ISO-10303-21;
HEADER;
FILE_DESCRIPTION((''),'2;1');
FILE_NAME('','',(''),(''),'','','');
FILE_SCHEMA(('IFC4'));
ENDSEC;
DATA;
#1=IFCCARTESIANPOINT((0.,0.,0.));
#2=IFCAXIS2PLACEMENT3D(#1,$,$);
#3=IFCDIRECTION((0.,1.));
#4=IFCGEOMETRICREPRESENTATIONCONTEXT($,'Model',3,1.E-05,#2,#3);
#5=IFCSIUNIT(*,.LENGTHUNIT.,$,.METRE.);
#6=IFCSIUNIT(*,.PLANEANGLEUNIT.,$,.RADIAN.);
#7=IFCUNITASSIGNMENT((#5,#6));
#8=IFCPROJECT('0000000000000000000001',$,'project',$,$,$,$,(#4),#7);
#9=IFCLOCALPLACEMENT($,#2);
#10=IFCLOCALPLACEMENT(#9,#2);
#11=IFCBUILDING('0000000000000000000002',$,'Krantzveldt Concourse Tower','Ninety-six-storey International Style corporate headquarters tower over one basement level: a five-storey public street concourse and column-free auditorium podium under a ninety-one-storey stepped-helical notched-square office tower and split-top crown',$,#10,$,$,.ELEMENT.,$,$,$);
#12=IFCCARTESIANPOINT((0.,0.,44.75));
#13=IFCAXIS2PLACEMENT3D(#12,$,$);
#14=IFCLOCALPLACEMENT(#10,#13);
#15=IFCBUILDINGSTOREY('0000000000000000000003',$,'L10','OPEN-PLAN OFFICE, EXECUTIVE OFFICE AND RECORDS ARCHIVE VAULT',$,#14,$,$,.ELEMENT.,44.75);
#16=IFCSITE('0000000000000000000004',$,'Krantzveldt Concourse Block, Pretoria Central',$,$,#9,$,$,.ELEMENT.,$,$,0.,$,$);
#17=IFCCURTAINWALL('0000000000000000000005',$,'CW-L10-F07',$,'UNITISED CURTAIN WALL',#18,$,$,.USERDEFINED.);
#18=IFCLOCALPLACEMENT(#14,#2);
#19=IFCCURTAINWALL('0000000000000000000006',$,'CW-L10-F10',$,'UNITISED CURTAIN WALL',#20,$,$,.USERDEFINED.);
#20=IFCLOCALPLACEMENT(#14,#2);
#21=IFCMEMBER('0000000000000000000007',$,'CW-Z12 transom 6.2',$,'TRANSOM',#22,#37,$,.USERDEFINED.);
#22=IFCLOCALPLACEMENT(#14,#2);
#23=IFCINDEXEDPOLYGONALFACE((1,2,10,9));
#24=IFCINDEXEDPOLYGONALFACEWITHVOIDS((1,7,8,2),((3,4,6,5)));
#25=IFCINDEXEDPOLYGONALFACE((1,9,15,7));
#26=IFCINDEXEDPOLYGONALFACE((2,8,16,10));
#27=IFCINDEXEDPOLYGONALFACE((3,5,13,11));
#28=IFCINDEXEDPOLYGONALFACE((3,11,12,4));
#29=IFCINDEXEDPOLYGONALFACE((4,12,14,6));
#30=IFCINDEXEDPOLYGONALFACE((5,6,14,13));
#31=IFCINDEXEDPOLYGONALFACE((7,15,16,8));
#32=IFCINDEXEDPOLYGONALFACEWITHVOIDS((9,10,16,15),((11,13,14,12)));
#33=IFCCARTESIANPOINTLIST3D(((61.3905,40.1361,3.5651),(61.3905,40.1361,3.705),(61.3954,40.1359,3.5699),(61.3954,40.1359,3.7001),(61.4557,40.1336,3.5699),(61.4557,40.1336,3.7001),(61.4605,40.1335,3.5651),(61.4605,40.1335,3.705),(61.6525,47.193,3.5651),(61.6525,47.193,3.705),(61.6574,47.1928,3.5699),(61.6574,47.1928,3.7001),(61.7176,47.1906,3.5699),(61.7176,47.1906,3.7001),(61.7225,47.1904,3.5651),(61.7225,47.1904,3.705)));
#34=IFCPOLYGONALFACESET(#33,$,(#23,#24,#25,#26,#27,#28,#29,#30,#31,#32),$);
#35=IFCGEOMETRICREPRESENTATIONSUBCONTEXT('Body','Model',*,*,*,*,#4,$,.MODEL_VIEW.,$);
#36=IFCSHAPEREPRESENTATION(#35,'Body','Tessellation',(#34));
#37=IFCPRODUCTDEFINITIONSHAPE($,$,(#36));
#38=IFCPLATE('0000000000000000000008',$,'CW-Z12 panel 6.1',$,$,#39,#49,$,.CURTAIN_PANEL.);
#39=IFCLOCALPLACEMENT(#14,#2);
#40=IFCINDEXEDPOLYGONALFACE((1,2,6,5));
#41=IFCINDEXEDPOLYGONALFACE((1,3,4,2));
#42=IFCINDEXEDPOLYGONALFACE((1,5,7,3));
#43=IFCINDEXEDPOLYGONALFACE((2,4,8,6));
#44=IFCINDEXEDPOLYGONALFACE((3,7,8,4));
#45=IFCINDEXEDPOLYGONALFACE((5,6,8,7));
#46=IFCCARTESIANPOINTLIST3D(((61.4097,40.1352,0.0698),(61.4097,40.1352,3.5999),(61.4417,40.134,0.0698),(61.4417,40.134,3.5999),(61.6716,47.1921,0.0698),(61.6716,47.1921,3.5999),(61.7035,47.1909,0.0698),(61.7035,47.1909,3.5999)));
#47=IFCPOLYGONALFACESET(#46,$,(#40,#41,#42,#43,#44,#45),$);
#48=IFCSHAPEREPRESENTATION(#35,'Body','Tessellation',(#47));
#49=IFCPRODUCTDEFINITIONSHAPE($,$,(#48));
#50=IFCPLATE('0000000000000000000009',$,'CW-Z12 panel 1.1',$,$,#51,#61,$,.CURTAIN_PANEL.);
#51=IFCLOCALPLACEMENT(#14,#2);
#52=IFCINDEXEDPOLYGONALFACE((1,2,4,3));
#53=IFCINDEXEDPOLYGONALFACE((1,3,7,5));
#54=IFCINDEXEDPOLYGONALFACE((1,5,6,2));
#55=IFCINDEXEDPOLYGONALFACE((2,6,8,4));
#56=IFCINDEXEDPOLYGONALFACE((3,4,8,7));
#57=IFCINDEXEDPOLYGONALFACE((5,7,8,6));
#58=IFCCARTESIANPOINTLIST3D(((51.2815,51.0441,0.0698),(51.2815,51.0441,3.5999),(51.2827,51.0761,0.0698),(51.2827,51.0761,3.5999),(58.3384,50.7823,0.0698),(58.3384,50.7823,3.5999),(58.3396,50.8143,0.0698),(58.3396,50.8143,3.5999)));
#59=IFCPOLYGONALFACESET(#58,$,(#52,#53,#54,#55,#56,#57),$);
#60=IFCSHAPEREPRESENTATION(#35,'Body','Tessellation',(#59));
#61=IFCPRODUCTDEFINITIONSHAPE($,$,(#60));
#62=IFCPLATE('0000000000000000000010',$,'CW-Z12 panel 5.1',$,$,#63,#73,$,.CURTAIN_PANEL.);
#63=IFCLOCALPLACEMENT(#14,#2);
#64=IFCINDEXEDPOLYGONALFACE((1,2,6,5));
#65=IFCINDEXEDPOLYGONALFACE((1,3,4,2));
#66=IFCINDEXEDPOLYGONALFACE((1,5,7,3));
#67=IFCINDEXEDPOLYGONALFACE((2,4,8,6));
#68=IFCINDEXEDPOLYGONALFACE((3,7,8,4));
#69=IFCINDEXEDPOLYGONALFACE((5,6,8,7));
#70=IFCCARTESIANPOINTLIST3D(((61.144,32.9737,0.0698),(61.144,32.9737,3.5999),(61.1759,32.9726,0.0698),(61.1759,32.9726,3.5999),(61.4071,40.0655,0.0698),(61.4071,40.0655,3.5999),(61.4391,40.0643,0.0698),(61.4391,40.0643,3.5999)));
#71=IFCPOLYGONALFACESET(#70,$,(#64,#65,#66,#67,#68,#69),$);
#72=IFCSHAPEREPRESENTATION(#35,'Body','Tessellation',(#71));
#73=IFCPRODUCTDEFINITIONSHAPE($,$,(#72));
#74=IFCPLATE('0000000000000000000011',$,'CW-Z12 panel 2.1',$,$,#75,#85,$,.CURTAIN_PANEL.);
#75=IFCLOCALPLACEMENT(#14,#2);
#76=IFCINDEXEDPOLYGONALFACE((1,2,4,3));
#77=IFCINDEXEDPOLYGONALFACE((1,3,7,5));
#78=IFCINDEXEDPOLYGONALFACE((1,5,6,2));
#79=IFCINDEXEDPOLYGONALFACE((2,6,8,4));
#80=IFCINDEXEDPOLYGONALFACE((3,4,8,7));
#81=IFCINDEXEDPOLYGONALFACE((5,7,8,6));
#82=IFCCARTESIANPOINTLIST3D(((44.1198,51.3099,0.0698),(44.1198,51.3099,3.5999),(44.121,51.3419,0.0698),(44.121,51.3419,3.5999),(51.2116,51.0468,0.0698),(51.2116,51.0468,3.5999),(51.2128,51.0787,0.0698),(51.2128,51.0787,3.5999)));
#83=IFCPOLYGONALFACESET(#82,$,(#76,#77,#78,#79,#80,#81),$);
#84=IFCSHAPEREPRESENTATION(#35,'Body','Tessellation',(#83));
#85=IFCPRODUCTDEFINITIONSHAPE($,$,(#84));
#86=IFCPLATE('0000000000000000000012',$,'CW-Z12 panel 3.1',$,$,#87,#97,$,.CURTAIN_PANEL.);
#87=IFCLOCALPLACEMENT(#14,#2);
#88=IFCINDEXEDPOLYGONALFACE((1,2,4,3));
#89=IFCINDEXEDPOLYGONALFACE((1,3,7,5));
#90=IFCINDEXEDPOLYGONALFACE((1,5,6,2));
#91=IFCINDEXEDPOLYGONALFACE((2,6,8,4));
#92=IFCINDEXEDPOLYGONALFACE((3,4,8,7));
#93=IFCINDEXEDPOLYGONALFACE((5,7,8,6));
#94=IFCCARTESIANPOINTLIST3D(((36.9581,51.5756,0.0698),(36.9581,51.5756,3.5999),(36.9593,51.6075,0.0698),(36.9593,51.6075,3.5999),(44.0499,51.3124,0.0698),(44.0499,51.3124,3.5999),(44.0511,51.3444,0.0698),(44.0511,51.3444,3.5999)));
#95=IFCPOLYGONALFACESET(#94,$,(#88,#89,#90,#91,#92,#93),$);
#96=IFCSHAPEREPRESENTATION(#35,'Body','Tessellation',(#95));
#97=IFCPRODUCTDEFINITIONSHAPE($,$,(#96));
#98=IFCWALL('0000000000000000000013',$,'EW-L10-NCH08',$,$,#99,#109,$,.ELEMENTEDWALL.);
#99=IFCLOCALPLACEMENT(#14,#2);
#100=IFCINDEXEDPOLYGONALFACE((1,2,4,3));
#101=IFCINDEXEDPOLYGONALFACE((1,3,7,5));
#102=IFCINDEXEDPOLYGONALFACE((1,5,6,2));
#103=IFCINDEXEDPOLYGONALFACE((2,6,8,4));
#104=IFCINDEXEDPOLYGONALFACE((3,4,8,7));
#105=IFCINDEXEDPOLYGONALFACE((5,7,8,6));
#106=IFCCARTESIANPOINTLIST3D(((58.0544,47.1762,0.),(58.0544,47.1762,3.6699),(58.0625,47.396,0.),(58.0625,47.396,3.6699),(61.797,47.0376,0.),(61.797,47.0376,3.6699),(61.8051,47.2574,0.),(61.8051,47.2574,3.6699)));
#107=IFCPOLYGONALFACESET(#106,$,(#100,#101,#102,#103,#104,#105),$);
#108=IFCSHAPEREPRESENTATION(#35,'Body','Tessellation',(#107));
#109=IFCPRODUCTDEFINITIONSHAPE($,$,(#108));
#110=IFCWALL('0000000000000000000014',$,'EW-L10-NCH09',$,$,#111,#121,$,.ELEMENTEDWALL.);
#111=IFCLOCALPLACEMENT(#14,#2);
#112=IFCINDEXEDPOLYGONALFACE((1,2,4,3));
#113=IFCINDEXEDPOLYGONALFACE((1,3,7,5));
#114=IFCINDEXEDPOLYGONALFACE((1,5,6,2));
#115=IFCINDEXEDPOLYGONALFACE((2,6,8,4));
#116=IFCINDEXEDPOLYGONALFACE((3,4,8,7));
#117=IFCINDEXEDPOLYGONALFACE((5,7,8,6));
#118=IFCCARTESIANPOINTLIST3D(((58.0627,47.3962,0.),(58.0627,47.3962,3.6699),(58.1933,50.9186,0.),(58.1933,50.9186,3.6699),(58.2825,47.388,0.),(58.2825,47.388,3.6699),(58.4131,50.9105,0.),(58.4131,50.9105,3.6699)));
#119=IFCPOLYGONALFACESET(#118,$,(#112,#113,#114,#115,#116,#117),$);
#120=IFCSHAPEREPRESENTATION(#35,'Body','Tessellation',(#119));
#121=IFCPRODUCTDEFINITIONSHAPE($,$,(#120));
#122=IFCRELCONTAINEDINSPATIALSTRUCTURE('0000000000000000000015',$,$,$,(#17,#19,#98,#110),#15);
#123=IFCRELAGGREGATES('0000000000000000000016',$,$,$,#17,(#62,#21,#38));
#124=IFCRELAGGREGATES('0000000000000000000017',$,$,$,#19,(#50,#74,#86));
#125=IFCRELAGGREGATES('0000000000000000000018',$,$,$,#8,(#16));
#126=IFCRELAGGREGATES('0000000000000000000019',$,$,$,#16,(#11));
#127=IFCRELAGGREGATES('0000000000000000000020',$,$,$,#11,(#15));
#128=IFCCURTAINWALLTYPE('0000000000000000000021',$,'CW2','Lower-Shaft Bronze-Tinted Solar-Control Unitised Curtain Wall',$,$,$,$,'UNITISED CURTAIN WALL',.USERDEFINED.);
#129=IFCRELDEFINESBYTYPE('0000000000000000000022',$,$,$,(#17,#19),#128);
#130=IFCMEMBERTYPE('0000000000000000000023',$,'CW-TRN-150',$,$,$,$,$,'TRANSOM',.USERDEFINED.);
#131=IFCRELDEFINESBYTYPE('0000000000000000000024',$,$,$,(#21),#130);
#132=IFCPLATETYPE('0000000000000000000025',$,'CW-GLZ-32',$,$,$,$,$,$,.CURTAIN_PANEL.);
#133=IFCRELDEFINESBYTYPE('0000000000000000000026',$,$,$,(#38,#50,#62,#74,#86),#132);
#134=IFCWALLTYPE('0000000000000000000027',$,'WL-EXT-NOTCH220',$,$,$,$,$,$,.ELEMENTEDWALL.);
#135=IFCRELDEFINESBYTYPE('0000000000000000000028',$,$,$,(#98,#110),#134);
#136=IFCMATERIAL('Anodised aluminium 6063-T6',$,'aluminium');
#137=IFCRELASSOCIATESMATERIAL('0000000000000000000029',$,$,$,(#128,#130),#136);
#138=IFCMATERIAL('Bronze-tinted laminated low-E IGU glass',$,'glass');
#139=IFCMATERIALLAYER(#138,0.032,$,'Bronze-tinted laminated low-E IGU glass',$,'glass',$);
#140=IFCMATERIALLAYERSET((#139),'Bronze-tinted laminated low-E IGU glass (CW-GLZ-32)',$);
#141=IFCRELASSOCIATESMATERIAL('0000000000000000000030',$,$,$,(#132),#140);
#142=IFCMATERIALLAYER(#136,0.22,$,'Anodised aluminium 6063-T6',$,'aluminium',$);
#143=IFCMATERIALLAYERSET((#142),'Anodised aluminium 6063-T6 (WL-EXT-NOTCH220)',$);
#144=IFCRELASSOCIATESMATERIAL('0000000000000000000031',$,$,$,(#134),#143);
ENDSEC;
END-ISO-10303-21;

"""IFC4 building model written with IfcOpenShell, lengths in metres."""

from ifc_helpers import new_model, si_unit, direction, frame, frame_2d, origin, origin_2d, place, context, subcontext, project, spatial, rectangle, hollow_rectangle, extrude, source, transform, mapped, material, layer, layer_set, material_profile, profile_set, type_object, type_shapes, element, aggregate, save


model = new_model("IFC4")

# Units and contexts
model_context = context("Model", 3, precision=1e-05, world=origin(), true_north=direction((0.0, 1.0)))
body_context = subcontext(model_context, "Body", "Model", "MODEL_VIEW")
ifc_project = project(units=[si_unit("LENGTHUNIT", "METRE"), si_unit("PLANEANGLEUNIT", "RADIAN")], contexts=[model_context])

# Site, building, storey
site_placement = place(None, origin())
site = spatial("IfcSite", under=ifc_project, at=site_placement, Name="Krantzveldt Concourse Block, Pretoria Central", CompositionType="ELEMENT", RefElevation=0.0)
building_placement = place(site_placement, origin())
building = spatial("IfcBuilding", under=site, at=building_placement, Name="Krantzveldt Concourse Tower", Description="Ninety-six-storey International Style corporate headquarters tower over one basement level: a five-storey public street concourse and column-free auditorium podium under a ninety-one-storey stepped-helical notched-square office tower and split-top crown", CompositionType="ELEMENT")
storey_placement = place(building_placement, frame((0.0, 0.0, 44.75)))
storey = spatial("IfcBuildingStorey", under=building, at=storey_placement, Name="L10", Description="OPEN-PLAN OFFICE, EXECUTIVE OFFICE AND RECORDS ARCHIVE VAULT", CompositionType="ELEMENT", Elevation=44.75)

# Curtain walls
ifc_material_1 = material(Name="Anodised aluminium 6063-T6", Category="aluminium")
curtain_wall_type = type_object("IfcCurtainWallType", Name="CW2", Description="Lower-Shaft Bronze-Tinted Solar-Control Unitised Curtain Wall", ElementType="UNITISED CURTAIN WALL", PredefinedType="USERDEFINED", material=ifc_material_1)
curtain_wall_1_placement = place(storey_placement, origin())
curtain_wall_1 = element("IfcCurtainWall", 1, at=curtain_wall_1_placement, inside=storey, type_object=curtain_wall_type, Name="CW-L10-F07", ObjectType="UNITISED CURTAIN WALL", PredefinedType="USERDEFINED")
curtain_wall_2_placement = place(storey_placement, origin())
curtain_wall_2 = element("IfcCurtainWall", 2, at=curtain_wall_2_placement, inside=storey, type_object=curtain_wall_type, Name="CW-L10-F10", ObjectType="UNITISED CURTAIN WALL", PredefinedType="USERDEFINED")
ifc_material_profile_1 = material_profile(ifc_material_1, hollow_rectangle(XDim=0.0701, YDim=0.1399, WallThickness=0.0049, at=origin_2d()), Name="Anodised aluminium 6063-T6", Category="aluminium")
ifc_profile_set_1 = profile_set([ifc_material_profile_1], Name="Anodised aluminium 6063-T6 - ALU-TRAN 140x70x5")
member_type_1 = type_object("IfcMemberType", Name="CW-TRN-150", ElementType="TRANSOM", PredefinedType="USERDEFINED", material=ifc_profile_set_1)

# Member
shared_shape_1 = source(origin(), body_context, "Body", "SweptSolid", [
    extrude(hollow_rectangle(XDim=0.0701, YDim=0.1399, WallThickness=0.0049, at=origin_2d()), origin(), (0.0, 0.0, 1.0), 7.0618),
])
member_1_placement = place(storey_placement, frame((61.4255, 40.1348, 3.635), z_axis=(0.037096, 0.999312, 0.0), x_axis=(-0.999312, 0.037096, 0.0)))
member_1 = element("IfcMember", 3, at=member_1_placement, type_object=member_type_1, Name="CW-Z12 transom 6.2", ObjectType="TRANSOM", PredefinedType="USERDEFINED", context=body_context, shape_type="MappedRepresentation", body=[
    mapped(shared_shape_1, transform((0.0, 0.0, 0.0), x_axis=(1.0, 0.0, 0.0), y_axis=(0.0, 1.0, 0.0), z_axis=(0.0, 0.0, 1.0), scale=1.0)),
])

# Plates
ifc_material_2 = material(Name="Bronze-tinted laminated low-E IGU glass", Category="glass")
ifc_layer_1 = layer(ifc_material_2, 0.032, Name="Bronze-tinted laminated low-E IGU glass", Category="glass")
ifc_layer_set_1 = layer_set([ifc_layer_1], Name="Bronze-tinted laminated low-E IGU glass (CW-GLZ-32)")
plate_type = type_object("IfcPlateType", Name="CW-GLZ-32", PredefinedType="CURTAIN_PANEL", material=ifc_layer_set_1)
shared_shape_2 = source(origin(), body_context, "Body", "SweptSolid", [
    extrude(rectangle(XDim=7.0618, YDim=0.032, at=origin_2d()), origin(), (0.0, 0.0, 1.0), 3.53),
])
plate_1_placement = place(storey_placement, frame((61.5566, 43.6631, 0.0698), z_axis=(0.0, 0.0, 1.0), x_axis=(0.03708, 0.999312, 0.0)))
plate_1 = element("IfcPlate", 4, at=plate_1_placement, type_object=plate_type, Name="CW-Z12 panel 6.1", PredefinedType="CURTAIN_PANEL", context=body_context, shape_type="MappedRepresentation", body=[
    mapped(shared_shape_2, transform((0.0, 0.0, 0.0), x_axis=(1.0, 0.0, 0.0), y_axis=(0.0, 1.0, 0.0), z_axis=(0.0, 0.0, 1.0), scale=1.0)),
])
plate_2_placement = place(storey_placement, frame((54.8105, 50.9292, 0.0698), z_axis=(0.0, 0.0, 1.0), x_axis=(-0.999312, 0.03708, 0.0)))
plate_2 = element("IfcPlate", 5, at=plate_2_placement, type_object=plate_type, Name="CW-Z12 panel 1.1", PredefinedType="CURTAIN_PANEL", context=body_context, shape_type="MappedRepresentation", body=[
    mapped(shared_shape_2, transform((0.0, 0.0, 0.0), x_axis=(1.0, 0.0, 0.0), y_axis=(0.0, 1.0, 0.0), z_axis=(0.0, 0.0, 1.0), scale=1.0)),
])
shared_shape_3 = source(origin(), body_context, "Body", "SweptSolid", [
    extrude(rectangle(XDim=7.0967, YDim=0.032, at=origin_2d()), origin(), (0.0, 0.0, 1.0), 3.53),
])
type_shapes(plate_type, [shared_shape_2, shared_shape_3])
plate_3_placement = place(storey_placement, frame((61.2915, 36.519, 0.0698), z_axis=(0.0, 0.0, 1.0), x_axis=(0.03708, 0.999312, 0.0)))
plate_3 = element("IfcPlate", 6, at=plate_3_placement, type_object=plate_type, Name="CW-Z12 panel 5.1", PredefinedType="CURTAIN_PANEL", context=body_context, shape_type="MappedRepresentation", body=[
    mapped(shared_shape_3, transform((0.0, 0.0, 0.0), x_axis=(1.0, 0.0, 0.0), y_axis=(0.0, 1.0, 0.0), z_axis=(0.0, 0.0, 1.0), scale=1.0)),
])
aggregate(curtain_wall_1, [plate_3, member_1, plate_1])
plate_4_placement = place(storey_placement, frame((47.6663, 51.1943, 0.0698), z_axis=(0.0, 0.0, 1.0), x_axis=(-0.999312, 0.03708, 0.0)))
plate_4 = element("IfcPlate", 7, at=plate_4_placement, type_object=plate_type, Name="CW-Z12 panel 2.1", PredefinedType="CURTAIN_PANEL", context=body_context, shape_type="MappedRepresentation", body=[
    mapped(shared_shape_3, transform((0.0, 0.0, 0.0), x_axis=(1.0, 0.0, 0.0), y_axis=(0.0, 1.0, 0.0), z_axis=(0.0, 0.0, 1.0), scale=1.0)),
])
plate_5_placement = place(storey_placement, frame((40.5046, 51.46, 0.0698), z_axis=(0.0, 0.0, 1.0), x_axis=(-0.999312, 0.03708, 0.0)))
plate_5 = element("IfcPlate", 8, at=plate_5_placement, type_object=plate_type, Name="CW-Z12 panel 3.1", PredefinedType="CURTAIN_PANEL", context=body_context, shape_type="MappedRepresentation", body=[
    mapped(shared_shape_3, transform((0.0, 0.0, 0.0), x_axis=(1.0, 0.0, 0.0), y_axis=(0.0, 1.0, 0.0), z_axis=(0.0, 0.0, 1.0), scale=1.0)),
])
aggregate(curtain_wall_2, [plate_2, plate_4, plate_5])

# Walls
ifc_layer_2 = layer(ifc_material_1, 0.22, Name="Anodised aluminium 6063-T6", Category="aluminium")
ifc_layer_set_2 = layer_set([ifc_layer_2], Name="Anodised aluminium 6063-T6 (WL-EXT-NOTCH220)")
wall_type = type_object("IfcWallType", Name="WL-EXT-NOTCH220", PredefinedType="ELEMENTEDWALL", material=ifc_layer_set_2)
wall_1_placement = place(storey_placement, frame((61.801, 47.1475, 0.0), z_axis=(0.0, 0.0, 1.0), x_axis=(-0.999314, 0.037029, 0.0)))
element("IfcWall", 9, at=wall_1_placement, inside=storey, type_object=wall_type, Name="EW-L10-NCH08", PredefinedType="ELEMENTEDWALL", context=body_context, shape_type="SweptSolid", body=[
    extrude(rectangle(XDim=3.7451, YDim=0.22, at=frame_2d((1.8726, 0.0))), origin(), (0.0, 0.0, 1.0), 3.6699),
])
wall_2_placement = place(storey_placement, frame((58.1726, 47.3921, 0.0), z_axis=(0.0, 0.0, 1.0), x_axis=(0.037055, 0.999313, 0.0)))
element("IfcWall", 10, at=wall_2_placement, inside=storey, type_object=wall_type, Name="EW-L10-NCH09", PredefinedType="ELEMENTEDWALL", context=body_context, shape_type="SweptSolid", body=[
    extrude(rectangle(XDim=3.5249, YDim=0.22, at=frame_2d((1.7625, 0.0))), origin(), (0.0, 0.0, 1.0), 3.6699),
])

save(model, "model.ifc")
